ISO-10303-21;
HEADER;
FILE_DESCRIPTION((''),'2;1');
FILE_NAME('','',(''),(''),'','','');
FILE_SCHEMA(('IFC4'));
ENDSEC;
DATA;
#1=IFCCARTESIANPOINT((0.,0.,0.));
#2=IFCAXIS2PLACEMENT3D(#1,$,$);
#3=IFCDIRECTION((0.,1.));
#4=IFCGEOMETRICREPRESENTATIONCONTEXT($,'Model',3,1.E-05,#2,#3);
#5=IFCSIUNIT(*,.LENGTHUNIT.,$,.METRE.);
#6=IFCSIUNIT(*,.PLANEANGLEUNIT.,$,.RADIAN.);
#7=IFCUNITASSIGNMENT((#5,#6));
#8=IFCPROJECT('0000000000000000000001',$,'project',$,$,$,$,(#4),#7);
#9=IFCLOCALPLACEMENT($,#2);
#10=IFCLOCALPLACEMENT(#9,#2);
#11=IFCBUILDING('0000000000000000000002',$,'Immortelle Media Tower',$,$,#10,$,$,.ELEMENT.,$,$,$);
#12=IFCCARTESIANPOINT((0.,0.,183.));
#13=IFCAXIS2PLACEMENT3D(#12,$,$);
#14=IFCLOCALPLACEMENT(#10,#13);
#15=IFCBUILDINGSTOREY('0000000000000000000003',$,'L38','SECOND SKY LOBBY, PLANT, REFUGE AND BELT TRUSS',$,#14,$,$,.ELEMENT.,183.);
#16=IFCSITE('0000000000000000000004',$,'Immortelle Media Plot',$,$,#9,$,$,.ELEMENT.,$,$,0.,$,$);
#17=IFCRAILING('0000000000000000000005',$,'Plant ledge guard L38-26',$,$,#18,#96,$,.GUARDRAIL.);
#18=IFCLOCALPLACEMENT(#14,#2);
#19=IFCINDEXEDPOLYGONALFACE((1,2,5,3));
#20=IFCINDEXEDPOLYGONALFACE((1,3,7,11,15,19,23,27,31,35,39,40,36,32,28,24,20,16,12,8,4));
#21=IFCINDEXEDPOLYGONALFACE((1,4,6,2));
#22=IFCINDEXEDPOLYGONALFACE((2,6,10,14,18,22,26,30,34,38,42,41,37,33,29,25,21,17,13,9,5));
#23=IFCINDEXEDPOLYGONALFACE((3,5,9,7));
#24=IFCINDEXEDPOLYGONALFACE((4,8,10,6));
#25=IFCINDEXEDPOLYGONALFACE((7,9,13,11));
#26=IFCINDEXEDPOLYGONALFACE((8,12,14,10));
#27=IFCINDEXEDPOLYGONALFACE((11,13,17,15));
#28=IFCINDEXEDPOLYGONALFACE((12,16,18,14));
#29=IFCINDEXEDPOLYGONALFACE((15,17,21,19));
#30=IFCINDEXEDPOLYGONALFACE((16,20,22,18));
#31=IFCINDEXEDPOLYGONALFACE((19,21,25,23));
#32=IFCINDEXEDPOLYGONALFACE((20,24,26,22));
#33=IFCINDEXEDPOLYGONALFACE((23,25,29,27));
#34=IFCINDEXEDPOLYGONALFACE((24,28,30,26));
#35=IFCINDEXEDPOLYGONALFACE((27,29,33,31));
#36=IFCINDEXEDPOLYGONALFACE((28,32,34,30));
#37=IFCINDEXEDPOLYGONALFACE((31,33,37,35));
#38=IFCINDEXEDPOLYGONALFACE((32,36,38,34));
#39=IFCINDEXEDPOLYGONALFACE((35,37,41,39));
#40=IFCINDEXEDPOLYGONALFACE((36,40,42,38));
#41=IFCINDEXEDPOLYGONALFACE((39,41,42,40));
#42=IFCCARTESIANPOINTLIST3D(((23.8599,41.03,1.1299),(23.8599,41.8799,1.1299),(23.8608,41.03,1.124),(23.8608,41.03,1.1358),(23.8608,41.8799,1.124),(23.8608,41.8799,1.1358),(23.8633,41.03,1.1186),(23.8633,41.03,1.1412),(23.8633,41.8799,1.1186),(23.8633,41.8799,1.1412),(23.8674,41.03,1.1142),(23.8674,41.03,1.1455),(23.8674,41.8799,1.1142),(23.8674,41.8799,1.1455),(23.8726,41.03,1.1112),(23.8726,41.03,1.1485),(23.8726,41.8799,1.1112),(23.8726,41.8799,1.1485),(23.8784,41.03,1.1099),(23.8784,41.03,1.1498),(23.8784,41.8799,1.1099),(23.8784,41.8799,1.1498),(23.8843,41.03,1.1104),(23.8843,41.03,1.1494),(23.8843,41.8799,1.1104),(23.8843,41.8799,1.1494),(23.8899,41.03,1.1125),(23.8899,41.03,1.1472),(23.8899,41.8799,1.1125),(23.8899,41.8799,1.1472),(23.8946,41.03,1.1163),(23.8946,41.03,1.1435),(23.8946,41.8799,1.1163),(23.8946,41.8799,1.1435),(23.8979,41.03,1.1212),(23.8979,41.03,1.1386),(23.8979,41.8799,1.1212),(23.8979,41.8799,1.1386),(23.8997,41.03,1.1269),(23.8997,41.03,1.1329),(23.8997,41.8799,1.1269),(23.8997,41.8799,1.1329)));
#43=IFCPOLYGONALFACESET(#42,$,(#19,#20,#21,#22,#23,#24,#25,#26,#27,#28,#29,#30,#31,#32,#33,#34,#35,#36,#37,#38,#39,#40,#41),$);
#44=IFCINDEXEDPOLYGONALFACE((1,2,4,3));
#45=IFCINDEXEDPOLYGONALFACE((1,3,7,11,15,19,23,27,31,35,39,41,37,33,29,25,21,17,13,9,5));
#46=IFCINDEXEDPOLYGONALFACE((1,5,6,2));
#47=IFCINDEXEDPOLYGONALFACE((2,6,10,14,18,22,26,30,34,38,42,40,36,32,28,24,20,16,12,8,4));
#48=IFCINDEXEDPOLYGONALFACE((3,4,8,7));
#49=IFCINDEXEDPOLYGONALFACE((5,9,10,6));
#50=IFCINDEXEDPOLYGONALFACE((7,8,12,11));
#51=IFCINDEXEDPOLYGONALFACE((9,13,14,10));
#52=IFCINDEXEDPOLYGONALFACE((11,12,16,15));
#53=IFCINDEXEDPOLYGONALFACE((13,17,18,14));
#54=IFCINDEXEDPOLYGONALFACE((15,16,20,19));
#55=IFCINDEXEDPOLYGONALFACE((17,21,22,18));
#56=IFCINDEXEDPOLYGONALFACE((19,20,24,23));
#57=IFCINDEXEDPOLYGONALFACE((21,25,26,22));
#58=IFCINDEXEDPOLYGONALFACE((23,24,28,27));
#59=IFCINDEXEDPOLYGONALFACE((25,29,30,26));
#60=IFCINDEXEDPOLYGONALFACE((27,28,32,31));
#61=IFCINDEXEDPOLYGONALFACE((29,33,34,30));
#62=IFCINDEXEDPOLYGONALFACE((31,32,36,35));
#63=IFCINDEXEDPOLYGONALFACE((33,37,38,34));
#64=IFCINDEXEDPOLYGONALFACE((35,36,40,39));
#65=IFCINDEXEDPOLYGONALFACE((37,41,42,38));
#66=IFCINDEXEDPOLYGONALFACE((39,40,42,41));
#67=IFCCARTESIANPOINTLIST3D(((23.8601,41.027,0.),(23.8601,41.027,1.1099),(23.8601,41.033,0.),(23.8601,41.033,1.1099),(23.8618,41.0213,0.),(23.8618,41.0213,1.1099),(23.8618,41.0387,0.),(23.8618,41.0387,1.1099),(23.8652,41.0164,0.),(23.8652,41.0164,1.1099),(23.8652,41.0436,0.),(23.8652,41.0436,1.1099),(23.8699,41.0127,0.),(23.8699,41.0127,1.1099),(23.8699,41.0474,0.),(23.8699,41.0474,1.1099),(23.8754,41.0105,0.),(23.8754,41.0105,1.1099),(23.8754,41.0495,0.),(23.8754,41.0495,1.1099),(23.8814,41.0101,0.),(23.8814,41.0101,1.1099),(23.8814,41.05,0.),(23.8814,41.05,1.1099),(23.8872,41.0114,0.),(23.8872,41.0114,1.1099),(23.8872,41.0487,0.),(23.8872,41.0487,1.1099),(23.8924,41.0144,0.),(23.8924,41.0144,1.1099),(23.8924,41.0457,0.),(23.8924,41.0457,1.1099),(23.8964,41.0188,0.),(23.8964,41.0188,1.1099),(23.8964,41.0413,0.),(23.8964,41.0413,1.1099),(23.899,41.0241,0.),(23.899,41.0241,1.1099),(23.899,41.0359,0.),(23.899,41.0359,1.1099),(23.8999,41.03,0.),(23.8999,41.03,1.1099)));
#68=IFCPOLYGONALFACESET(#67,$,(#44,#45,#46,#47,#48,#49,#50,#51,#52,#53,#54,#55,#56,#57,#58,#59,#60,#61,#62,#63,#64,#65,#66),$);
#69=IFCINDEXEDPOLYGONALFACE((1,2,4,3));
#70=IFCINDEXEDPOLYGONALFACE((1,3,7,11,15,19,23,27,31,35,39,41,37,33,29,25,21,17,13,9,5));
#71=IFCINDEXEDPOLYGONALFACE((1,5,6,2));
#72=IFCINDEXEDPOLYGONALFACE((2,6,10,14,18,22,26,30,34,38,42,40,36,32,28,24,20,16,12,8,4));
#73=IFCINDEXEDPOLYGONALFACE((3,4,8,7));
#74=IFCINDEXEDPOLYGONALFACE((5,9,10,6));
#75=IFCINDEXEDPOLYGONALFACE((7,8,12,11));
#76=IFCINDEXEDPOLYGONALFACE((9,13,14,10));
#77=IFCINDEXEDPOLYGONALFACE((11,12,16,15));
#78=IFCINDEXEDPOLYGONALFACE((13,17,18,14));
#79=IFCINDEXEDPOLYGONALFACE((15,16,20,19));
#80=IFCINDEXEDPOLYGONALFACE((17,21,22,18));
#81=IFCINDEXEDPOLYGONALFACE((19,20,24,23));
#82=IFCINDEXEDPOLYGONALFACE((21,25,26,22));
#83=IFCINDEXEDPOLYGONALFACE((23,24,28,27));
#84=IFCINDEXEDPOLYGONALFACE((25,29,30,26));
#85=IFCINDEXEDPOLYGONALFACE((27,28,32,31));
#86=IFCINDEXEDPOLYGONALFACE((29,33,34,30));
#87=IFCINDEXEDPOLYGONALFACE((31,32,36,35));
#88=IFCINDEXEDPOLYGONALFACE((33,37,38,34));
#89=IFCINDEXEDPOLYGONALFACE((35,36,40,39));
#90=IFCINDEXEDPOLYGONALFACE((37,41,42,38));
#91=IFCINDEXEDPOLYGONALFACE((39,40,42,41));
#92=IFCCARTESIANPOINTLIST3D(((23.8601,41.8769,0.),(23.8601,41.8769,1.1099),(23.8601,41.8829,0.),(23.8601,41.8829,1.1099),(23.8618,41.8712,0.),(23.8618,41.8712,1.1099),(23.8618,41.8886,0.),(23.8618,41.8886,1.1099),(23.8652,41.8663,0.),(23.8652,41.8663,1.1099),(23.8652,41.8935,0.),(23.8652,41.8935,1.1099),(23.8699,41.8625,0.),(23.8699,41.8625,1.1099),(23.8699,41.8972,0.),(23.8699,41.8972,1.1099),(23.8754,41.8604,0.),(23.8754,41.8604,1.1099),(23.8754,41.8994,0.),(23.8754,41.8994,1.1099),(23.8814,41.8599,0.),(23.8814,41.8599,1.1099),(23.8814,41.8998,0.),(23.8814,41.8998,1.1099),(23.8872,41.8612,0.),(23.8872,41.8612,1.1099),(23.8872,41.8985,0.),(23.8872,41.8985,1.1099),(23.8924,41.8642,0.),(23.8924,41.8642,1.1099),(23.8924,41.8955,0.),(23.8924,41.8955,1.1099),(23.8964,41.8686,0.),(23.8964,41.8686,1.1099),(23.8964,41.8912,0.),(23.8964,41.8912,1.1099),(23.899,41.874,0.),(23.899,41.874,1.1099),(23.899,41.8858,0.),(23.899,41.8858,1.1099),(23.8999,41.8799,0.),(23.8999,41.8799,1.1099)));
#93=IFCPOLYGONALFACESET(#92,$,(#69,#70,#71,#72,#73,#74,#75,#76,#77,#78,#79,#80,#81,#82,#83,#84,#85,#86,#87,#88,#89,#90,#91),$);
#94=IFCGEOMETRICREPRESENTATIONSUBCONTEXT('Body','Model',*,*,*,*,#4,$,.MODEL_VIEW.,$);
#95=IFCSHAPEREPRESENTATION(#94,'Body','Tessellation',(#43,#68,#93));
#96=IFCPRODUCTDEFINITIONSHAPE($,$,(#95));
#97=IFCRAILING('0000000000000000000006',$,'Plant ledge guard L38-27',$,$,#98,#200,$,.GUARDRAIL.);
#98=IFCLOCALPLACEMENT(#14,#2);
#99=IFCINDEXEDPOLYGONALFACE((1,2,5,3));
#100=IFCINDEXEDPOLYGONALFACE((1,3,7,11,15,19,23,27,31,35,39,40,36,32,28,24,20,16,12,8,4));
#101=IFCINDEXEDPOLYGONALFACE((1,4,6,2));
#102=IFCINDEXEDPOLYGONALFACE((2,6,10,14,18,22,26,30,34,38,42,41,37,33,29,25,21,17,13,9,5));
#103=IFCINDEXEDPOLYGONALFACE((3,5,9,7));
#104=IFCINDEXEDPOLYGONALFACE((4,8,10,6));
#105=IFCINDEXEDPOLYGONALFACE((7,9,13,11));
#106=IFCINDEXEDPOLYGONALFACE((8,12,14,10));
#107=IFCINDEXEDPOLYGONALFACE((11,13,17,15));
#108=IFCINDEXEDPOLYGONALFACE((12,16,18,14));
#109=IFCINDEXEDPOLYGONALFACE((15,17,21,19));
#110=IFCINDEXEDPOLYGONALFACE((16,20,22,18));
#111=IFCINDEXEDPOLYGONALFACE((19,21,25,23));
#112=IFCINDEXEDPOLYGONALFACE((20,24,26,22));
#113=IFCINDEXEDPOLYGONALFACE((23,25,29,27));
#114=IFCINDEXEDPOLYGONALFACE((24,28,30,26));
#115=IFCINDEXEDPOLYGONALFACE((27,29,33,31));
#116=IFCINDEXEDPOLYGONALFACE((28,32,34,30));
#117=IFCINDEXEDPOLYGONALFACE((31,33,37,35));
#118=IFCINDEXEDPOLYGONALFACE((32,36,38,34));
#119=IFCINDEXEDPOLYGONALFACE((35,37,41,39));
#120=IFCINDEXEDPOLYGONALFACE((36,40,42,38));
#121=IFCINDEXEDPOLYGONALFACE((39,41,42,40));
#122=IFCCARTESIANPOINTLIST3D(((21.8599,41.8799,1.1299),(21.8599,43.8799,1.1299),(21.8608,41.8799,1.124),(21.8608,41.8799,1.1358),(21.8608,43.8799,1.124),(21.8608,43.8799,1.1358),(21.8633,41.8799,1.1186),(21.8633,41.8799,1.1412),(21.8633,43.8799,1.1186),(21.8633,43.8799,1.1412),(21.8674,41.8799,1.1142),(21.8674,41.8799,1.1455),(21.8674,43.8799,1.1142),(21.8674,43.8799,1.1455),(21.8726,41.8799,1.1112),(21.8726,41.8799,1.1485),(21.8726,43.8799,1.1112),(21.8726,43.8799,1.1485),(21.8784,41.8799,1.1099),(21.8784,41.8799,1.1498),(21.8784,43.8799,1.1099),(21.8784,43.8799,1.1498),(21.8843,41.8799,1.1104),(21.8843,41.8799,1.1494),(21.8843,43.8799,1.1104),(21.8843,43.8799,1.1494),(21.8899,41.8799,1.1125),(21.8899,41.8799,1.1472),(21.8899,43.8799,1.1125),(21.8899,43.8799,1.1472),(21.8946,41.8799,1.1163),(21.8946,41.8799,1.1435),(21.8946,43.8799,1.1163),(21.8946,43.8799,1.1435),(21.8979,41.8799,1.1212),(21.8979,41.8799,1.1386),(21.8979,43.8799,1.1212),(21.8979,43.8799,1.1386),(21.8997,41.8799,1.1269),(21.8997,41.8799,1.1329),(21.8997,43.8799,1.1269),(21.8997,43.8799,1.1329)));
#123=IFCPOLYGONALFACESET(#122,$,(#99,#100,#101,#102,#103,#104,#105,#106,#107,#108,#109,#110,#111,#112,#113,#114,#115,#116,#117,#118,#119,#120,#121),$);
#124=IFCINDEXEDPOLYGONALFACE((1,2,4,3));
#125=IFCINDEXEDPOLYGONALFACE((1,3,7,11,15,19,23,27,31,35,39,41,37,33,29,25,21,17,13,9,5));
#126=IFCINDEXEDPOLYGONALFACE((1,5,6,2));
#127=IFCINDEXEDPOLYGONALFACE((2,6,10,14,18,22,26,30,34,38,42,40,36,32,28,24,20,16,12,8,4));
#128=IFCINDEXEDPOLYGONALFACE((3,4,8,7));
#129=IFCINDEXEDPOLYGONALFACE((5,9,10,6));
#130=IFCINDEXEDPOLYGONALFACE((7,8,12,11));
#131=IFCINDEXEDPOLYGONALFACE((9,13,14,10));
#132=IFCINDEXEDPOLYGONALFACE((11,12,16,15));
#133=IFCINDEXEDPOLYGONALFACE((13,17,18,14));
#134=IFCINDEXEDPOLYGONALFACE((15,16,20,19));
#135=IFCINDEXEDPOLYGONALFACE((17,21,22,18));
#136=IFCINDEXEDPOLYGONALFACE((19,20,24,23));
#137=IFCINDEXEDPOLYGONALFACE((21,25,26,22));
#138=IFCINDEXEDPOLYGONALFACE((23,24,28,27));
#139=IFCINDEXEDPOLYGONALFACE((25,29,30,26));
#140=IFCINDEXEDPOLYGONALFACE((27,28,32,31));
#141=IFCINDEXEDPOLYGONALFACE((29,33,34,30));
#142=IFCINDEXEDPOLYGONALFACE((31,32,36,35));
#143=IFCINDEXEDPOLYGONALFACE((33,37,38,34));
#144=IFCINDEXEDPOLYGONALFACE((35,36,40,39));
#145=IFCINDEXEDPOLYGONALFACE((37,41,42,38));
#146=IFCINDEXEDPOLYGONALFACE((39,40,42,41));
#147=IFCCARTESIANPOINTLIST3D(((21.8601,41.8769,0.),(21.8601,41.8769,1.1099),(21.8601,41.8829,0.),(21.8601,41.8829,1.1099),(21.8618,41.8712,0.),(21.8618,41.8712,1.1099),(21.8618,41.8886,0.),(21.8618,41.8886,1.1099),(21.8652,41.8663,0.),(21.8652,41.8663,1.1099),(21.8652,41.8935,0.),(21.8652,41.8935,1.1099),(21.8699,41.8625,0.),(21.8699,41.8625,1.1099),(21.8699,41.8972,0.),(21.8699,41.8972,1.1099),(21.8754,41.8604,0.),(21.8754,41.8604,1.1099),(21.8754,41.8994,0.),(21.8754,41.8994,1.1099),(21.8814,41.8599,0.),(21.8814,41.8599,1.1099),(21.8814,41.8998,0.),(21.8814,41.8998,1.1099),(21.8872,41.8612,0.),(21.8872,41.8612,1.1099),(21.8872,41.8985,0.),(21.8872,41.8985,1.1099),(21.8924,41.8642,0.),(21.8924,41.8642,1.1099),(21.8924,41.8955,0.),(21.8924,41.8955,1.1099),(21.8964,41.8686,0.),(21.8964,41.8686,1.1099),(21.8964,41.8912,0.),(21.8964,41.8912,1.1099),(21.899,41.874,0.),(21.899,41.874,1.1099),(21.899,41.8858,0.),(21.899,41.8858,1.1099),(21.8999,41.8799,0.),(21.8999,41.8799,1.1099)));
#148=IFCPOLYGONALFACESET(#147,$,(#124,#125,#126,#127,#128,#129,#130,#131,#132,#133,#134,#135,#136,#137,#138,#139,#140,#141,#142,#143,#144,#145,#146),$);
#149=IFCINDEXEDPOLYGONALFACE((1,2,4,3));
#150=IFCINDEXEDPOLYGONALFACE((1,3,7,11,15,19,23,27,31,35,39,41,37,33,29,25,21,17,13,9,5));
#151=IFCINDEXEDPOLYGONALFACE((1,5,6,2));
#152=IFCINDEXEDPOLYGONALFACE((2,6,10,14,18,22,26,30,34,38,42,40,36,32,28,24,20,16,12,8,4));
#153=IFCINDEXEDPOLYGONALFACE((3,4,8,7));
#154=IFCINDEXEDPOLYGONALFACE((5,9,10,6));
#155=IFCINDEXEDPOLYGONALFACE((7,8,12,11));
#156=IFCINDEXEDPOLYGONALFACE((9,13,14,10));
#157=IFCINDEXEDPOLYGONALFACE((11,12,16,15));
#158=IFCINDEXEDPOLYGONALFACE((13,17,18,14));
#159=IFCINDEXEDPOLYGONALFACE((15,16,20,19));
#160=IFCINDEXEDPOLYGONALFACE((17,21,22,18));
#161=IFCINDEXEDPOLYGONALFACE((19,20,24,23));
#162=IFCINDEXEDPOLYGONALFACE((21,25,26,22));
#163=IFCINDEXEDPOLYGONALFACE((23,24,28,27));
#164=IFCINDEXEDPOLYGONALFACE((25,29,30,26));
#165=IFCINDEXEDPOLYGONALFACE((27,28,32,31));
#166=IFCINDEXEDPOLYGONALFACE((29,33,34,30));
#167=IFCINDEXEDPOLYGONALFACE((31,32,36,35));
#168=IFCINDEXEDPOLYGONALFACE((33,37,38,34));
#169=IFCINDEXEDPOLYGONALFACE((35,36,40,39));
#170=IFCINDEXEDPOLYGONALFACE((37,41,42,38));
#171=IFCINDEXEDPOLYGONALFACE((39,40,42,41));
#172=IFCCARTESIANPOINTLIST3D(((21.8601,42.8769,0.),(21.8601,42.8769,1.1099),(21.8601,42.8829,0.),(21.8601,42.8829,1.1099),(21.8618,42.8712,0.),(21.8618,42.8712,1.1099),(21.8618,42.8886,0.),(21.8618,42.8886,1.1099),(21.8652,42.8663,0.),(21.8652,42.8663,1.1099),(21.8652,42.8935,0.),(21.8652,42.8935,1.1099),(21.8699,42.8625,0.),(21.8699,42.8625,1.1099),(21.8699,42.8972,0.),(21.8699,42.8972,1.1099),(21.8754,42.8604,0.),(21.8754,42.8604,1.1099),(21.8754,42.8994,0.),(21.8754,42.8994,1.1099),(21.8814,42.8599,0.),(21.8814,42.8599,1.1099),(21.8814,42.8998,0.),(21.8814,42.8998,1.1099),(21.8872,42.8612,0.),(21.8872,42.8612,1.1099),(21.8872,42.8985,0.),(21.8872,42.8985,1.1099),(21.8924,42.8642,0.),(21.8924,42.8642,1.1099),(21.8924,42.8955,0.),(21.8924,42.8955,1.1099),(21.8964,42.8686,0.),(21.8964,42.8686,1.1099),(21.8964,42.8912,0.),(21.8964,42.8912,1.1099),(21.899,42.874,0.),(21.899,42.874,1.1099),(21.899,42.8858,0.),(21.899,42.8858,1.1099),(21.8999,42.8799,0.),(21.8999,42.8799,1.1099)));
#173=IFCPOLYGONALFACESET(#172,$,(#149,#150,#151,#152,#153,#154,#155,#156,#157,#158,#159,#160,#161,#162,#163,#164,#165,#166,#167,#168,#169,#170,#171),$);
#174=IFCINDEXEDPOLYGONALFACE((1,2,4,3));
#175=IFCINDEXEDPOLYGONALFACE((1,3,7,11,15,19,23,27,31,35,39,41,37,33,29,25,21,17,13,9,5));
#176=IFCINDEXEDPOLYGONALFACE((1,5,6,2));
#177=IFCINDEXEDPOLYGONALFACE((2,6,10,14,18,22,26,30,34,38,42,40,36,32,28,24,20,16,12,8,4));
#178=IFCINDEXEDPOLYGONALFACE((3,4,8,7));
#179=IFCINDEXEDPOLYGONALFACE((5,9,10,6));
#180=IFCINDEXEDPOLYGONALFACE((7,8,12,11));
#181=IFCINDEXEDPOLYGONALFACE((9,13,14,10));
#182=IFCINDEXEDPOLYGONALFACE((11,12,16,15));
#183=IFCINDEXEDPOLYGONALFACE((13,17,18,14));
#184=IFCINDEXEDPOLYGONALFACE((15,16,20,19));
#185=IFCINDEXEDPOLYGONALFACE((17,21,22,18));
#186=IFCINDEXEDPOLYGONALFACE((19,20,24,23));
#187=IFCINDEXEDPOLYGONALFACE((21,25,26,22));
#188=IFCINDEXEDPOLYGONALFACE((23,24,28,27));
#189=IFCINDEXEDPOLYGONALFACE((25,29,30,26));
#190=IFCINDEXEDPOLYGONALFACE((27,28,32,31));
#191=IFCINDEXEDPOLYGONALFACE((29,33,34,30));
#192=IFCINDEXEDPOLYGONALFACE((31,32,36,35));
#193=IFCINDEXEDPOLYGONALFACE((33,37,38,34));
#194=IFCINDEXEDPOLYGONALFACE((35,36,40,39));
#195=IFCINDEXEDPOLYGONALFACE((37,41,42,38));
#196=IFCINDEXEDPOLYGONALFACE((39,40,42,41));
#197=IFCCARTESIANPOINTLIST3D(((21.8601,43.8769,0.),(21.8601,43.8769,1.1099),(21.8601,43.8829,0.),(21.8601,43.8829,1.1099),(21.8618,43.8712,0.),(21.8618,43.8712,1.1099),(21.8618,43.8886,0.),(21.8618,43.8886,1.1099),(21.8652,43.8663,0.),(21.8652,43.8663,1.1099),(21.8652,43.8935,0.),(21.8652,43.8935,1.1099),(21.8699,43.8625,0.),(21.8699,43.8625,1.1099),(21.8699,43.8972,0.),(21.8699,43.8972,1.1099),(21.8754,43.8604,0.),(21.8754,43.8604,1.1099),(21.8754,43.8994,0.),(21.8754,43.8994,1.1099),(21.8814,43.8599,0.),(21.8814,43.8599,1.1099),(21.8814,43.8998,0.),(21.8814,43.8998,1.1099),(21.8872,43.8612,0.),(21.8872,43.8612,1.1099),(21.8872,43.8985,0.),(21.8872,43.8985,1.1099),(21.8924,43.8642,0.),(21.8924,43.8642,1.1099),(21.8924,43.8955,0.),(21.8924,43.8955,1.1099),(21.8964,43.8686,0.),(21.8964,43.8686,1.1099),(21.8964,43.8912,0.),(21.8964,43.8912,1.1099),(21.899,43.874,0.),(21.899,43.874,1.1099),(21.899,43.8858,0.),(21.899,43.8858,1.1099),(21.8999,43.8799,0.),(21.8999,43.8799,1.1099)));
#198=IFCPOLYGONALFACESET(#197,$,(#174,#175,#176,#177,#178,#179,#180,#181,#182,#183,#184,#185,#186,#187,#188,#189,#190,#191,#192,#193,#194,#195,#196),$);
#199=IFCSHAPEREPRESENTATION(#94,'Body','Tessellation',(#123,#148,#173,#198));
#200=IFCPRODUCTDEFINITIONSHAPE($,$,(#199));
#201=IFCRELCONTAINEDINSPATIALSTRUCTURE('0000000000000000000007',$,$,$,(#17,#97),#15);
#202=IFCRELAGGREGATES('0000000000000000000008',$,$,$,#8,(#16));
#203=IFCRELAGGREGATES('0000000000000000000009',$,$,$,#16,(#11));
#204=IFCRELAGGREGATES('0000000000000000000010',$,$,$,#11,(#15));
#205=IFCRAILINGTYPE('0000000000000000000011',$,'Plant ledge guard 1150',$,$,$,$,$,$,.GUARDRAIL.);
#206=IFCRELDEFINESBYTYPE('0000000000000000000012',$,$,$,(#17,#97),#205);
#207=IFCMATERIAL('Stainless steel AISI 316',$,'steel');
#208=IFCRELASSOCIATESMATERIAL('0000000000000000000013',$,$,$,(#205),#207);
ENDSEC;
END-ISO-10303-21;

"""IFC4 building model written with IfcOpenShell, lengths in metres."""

from ifc_helpers import new_model, si_unit, direction, frame, origin, origin_2d, place, context, subcontext, project, spatial, circle, extrude, material, type_object, element, save


model = new_model("IFC4")

# Units and contexts
model_context = context("Model", 3, precision=1e-05, world=origin(), true_north=direction((0.0, 1.0)))
body_context = subcontext(model_context, "Body", "Model", "MODEL_VIEW")
ifc_project = project(units=[si_unit("LENGTHUNIT", "METRE"), si_unit("PLANEANGLEUNIT", "RADIAN")], contexts=[model_context])

# Site, building, storey
site_placement = place(None, origin())
site = spatial("IfcSite", under=ifc_project, at=site_placement, Name="Immortelle Media Plot", CompositionType="ELEMENT", RefElevation=0.0)
building_placement = place(site_placement, origin())
building = spatial("IfcBuilding", under=site, at=building_placement, Name="Immortelle Media Tower", CompositionType="ELEMENT")
storey_placement = place(building_placement, frame((0.0, 0.0, 183.0)))
storey = spatial("IfcBuildingStorey", under=building, at=storey_placement, Name="L38", Description="SECOND SKY LOBBY, PLANT, REFUGE AND BELT TRUSS", CompositionType="ELEMENT", Elevation=183.0)

# Railings
ifc_material_1 = material(Name="Stainless steel AISI 316", Category="steel")
railing_type = type_object("IfcRailingType", Name="Plant ledge guard 1150", PredefinedType="GUARDRAIL", material=ifc_material_1)
railing_1_placement = place(storey_placement, frame((23.8799, 41.03, 0.0)))
element("IfcRailing", 1, at=railing_1_placement, inside=storey, type_object=railing_type, Name="Plant ledge guard L38-26", PredefinedType="GUARDRAIL", context=body_context, shape_type="SweptSolid", body=[
    extrude(circle(Radius=0.02, at=origin_2d()), frame((0.0, 0.0, 1.1299), z_axis=(0.0, 1.0, 0.0), x_axis=(-1.0, 0.0, 0.0)), (0.0, 0.0, 1.0), 0.8499),
    extrude(circle(Radius=0.02, at=origin_2d()), origin(), (0.0, 0.0, 1.0), 1.1099),
    extrude(circle(Radius=0.02, at=origin_2d()), frame((0.0, 0.8499, 0.0)), (0.0, 0.0, 1.0), 1.1099),
])
railing_2_placement = place(storey_placement, frame((21.8799, 41.8799, 0.0)))
element("IfcRailing", 2, at=railing_2_placement, inside=storey, type_object=railing_type, Name="Plant ledge guard L38-27", PredefinedType="GUARDRAIL", context=body_context, shape_type="SweptSolid", body=[
    extrude(circle(Radius=0.02, at=origin_2d()), frame((0.0, 0.0, 1.1299), z_axis=(0.0, 1.0, 0.0), x_axis=(-1.0, 0.0, 0.0)), (0.0, 0.0, 1.0), 2.0),
    extrude(circle(Radius=0.02, at=origin_2d()), origin(), (0.0, 0.0, 1.0), 1.1099),
    extrude(circle(Radius=0.02, at=origin_2d()), frame((0.0, 1.0, 0.0)), (0.0, 0.0, 1.0), 1.1099),
    extrude(circle(Radius=0.02, at=origin_2d()), frame((0.0, 2.0, 0.0)), (0.0, 0.0, 1.0), 1.1099),
])

save(model, "model.ifc")
